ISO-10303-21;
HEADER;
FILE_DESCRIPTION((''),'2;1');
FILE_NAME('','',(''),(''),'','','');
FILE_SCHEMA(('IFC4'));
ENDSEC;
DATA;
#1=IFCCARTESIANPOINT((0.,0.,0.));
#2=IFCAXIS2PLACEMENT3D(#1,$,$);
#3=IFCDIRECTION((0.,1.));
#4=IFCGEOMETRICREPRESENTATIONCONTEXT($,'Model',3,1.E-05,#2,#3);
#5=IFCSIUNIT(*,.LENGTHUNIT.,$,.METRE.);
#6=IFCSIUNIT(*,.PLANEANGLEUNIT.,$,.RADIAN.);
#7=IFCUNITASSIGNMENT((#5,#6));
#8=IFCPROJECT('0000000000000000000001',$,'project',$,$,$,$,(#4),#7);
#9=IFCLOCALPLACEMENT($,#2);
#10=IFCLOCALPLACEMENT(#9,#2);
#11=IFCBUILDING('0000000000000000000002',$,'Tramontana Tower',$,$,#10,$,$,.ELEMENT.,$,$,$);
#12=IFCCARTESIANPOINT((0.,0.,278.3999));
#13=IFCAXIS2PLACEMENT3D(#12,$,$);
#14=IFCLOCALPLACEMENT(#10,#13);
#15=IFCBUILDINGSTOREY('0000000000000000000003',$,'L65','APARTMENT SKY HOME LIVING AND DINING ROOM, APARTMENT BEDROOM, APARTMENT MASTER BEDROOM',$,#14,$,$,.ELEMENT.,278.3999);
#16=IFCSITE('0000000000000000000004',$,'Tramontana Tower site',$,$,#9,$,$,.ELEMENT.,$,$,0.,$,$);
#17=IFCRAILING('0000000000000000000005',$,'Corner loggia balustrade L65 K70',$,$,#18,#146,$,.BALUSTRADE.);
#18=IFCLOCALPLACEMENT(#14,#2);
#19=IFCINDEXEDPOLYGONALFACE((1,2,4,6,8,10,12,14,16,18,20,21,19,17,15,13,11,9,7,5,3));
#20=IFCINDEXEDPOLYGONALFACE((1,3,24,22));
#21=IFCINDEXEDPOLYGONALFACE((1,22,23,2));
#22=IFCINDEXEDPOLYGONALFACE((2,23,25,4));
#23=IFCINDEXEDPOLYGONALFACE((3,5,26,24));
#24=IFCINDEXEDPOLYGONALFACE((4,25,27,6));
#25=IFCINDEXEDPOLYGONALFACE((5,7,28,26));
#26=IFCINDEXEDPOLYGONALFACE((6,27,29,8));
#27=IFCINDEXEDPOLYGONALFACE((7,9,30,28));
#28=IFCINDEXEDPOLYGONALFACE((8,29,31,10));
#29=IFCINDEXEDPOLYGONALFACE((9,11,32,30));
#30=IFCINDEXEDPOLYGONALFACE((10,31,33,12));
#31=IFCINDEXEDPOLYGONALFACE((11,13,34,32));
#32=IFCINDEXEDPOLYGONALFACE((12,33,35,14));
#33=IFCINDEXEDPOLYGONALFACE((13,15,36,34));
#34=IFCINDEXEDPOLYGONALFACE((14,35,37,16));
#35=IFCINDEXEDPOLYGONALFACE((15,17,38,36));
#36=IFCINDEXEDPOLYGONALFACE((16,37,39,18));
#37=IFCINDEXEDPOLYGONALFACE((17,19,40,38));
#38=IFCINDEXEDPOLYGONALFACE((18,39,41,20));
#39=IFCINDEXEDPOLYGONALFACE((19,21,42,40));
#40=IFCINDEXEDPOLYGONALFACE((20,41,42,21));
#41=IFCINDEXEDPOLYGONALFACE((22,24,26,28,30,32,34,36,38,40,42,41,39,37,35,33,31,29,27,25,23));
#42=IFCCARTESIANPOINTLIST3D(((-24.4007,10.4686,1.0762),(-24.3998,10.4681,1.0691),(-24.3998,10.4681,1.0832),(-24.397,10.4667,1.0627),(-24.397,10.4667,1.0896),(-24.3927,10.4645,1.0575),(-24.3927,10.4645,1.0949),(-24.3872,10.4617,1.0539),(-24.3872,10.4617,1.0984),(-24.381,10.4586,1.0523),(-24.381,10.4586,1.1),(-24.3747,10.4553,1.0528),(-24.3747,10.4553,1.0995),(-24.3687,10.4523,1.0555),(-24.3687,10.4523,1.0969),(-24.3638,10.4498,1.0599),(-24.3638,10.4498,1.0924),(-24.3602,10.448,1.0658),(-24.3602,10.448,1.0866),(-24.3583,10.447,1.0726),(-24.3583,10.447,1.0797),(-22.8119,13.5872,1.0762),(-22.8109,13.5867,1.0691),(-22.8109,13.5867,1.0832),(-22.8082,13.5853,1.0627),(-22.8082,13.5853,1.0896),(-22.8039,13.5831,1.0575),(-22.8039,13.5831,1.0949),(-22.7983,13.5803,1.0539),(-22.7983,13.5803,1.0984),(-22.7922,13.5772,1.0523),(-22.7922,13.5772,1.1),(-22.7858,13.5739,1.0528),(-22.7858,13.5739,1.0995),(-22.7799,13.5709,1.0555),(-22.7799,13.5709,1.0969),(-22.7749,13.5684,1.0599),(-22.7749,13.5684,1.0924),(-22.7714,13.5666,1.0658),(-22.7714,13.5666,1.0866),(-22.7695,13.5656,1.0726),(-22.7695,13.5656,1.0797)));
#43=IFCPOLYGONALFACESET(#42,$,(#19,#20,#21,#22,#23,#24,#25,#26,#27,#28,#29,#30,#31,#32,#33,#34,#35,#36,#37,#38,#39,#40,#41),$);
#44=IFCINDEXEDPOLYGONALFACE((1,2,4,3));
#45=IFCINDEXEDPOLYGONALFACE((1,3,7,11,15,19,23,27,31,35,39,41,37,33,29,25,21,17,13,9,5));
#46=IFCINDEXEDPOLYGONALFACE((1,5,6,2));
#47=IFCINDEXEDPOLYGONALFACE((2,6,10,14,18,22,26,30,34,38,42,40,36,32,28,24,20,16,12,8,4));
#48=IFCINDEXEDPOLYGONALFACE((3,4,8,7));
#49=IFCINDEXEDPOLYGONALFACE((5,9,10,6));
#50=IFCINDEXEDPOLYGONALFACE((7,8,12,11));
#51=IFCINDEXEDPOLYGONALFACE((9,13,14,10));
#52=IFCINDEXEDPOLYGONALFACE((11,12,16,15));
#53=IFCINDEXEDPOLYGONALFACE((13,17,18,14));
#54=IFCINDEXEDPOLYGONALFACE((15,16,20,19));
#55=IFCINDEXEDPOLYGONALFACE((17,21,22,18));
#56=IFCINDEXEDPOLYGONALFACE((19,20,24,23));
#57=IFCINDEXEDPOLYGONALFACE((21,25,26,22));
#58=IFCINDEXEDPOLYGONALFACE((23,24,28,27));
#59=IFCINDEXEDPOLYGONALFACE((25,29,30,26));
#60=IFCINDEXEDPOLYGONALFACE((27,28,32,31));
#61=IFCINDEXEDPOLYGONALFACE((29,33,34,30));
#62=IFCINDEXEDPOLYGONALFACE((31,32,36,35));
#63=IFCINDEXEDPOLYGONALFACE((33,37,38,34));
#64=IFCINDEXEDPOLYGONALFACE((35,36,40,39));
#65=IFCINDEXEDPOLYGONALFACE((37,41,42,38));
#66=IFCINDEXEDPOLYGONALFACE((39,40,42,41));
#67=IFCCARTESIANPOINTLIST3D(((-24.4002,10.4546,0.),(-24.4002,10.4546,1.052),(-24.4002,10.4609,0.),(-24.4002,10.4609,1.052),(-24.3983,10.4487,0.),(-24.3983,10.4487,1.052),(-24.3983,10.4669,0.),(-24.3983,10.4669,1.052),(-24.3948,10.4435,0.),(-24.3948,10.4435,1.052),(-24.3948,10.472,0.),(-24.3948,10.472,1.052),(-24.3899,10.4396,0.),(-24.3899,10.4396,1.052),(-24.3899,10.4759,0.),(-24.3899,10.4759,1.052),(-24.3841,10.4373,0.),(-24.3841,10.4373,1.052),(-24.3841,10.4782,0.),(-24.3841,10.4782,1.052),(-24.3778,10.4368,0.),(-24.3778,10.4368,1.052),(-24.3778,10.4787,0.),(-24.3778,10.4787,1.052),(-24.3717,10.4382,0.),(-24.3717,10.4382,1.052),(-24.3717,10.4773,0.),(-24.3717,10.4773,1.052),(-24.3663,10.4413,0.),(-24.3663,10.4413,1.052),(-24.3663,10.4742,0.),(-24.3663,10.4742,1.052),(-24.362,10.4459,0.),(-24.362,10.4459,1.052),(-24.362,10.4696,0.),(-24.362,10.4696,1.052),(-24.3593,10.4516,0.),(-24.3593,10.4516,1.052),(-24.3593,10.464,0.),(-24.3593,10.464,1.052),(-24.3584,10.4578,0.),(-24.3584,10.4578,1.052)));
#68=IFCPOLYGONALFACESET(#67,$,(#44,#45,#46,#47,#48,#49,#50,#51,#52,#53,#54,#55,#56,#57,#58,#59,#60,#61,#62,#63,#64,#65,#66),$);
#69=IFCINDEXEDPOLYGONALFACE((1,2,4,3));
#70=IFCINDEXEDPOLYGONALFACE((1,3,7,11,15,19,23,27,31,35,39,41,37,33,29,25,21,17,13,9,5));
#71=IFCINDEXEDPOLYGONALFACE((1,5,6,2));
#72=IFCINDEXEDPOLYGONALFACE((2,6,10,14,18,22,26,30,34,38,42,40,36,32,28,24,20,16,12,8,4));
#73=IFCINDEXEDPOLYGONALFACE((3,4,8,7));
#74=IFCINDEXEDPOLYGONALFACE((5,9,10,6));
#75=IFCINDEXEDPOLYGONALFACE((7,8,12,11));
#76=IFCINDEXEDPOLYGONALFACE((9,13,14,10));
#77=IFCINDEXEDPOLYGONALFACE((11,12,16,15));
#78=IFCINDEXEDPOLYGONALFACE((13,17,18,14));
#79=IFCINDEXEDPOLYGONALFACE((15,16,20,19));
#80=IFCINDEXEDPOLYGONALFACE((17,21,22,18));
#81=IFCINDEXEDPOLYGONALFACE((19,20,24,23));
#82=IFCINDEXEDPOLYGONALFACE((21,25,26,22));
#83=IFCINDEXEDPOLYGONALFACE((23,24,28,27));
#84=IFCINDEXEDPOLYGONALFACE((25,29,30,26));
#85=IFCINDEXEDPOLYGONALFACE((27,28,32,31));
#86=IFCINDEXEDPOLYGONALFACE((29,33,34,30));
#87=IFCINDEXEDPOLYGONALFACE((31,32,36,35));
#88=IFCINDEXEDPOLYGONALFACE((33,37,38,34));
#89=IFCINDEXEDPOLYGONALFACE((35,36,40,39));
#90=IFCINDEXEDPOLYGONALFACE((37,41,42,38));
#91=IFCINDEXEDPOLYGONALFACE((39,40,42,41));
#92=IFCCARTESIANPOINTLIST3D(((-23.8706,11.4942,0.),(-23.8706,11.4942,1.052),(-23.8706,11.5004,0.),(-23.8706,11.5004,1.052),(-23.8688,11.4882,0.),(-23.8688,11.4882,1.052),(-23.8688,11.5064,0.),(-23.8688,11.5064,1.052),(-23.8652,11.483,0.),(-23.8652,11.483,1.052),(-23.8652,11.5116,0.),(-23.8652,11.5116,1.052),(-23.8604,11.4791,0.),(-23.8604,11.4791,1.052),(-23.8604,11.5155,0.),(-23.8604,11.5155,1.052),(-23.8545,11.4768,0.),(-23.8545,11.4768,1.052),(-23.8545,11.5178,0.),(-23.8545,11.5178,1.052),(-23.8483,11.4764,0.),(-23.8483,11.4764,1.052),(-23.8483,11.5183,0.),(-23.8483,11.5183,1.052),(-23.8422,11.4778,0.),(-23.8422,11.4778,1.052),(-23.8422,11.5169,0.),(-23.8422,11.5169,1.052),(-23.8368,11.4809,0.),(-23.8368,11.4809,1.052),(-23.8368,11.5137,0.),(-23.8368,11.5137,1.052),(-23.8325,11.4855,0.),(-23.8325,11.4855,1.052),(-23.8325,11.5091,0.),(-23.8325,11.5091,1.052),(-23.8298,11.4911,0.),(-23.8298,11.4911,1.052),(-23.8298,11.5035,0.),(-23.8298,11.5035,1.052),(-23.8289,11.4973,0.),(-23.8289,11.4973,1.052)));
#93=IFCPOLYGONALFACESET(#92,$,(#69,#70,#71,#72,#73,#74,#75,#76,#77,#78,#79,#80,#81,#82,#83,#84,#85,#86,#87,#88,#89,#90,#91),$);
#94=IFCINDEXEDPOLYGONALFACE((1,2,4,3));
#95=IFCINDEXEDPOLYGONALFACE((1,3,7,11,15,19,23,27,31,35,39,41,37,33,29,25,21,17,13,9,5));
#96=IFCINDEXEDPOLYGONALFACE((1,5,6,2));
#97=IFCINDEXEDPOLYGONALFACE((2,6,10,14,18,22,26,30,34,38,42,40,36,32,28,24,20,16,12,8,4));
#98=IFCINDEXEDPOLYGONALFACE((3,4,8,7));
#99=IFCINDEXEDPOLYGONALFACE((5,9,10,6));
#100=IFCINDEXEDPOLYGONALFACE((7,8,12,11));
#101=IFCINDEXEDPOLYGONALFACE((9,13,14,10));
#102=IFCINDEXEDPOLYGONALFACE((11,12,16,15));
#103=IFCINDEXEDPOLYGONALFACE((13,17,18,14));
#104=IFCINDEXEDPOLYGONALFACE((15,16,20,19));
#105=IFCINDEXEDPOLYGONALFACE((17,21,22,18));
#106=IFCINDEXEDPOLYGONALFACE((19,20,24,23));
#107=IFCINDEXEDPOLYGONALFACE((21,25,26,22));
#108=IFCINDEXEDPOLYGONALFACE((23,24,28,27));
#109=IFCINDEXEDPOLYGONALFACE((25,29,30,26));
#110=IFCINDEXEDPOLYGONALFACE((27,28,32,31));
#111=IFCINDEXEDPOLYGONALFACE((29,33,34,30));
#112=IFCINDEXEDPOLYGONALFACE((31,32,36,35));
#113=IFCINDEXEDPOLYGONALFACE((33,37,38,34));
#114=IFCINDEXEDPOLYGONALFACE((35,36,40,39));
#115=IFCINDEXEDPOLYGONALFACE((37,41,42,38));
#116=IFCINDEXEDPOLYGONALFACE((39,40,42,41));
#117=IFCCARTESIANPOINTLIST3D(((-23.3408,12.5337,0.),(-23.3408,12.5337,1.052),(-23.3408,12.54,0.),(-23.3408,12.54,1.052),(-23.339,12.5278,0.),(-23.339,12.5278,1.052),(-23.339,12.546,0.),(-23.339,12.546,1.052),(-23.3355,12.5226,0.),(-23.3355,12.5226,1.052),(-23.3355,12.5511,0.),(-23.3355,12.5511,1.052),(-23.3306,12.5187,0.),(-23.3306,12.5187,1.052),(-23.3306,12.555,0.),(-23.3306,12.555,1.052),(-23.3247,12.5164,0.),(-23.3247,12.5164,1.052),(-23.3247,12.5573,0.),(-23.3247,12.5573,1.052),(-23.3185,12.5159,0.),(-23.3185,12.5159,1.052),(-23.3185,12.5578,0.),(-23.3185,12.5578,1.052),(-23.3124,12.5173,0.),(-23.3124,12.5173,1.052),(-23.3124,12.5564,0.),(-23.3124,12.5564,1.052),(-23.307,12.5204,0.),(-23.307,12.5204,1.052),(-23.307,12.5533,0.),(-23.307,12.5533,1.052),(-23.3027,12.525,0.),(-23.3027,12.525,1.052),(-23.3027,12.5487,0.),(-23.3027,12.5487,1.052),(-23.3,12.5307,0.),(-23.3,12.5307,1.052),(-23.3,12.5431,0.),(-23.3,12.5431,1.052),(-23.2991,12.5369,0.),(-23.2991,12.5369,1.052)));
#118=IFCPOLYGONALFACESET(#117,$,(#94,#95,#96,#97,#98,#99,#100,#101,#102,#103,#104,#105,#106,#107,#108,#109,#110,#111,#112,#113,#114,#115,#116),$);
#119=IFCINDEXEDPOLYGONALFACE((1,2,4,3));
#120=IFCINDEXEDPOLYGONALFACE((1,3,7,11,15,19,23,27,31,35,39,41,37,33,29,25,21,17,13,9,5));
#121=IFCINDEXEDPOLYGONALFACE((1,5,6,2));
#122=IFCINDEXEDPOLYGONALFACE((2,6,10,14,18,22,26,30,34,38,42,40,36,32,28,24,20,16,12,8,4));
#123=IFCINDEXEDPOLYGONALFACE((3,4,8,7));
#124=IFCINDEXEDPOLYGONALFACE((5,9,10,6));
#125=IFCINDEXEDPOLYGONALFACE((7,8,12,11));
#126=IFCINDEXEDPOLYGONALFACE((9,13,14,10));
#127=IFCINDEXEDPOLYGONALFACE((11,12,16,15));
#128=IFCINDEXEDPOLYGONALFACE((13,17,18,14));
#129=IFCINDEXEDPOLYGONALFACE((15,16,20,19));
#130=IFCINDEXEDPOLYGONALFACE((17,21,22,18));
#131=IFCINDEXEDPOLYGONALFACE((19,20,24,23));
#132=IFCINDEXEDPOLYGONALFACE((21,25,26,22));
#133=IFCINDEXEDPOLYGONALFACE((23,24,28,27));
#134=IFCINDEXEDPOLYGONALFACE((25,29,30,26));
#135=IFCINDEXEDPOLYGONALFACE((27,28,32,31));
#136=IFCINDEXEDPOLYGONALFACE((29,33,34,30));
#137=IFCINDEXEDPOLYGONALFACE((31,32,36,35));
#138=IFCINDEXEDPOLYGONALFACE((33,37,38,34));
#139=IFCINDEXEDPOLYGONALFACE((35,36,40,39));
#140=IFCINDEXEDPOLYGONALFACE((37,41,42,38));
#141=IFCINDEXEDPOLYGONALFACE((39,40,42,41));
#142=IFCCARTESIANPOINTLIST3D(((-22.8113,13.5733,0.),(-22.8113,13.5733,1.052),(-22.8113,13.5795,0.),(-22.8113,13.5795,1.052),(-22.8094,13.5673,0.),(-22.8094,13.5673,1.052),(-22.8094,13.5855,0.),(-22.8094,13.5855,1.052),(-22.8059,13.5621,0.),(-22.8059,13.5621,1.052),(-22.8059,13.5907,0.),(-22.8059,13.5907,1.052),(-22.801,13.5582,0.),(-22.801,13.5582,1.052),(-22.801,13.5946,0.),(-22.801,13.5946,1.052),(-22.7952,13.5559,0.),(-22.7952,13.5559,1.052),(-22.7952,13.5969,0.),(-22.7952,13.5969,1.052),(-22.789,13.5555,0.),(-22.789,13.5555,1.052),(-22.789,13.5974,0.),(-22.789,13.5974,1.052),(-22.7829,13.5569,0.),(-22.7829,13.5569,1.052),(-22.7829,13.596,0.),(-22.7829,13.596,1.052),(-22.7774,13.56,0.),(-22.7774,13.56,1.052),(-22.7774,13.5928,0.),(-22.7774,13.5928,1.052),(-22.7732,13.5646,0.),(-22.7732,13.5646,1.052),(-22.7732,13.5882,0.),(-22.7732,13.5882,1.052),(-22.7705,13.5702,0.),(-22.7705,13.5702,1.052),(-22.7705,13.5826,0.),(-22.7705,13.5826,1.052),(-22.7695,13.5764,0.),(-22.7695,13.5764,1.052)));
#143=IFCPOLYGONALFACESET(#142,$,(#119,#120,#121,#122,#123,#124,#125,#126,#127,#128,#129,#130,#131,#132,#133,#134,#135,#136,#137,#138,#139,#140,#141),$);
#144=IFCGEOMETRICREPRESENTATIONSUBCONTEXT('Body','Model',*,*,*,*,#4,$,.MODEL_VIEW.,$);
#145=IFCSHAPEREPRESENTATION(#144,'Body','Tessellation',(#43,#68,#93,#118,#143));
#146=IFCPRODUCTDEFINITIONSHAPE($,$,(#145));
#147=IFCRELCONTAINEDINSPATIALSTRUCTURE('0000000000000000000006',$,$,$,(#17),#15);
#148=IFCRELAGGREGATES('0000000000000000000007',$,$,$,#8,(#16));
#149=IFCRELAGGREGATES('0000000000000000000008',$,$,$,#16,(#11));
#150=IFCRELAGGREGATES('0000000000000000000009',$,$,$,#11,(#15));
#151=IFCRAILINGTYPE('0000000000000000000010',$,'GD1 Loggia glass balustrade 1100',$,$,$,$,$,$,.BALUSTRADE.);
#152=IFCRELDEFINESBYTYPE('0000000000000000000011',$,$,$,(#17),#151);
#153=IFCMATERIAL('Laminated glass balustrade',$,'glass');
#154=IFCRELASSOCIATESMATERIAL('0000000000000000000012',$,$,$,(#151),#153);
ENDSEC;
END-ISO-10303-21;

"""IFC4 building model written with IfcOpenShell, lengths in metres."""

from ifc_helpers import new_model, si_unit, direction, frame, origin, origin_2d, place, context, subcontext, project, spatial, circle, extrude, material, type_object, element, save


model = new_model("IFC4")

# Units and contexts
model_context = context("Model", 3, precision=1e-05, world=origin(), true_north=direction((0.0, 1.0)))
body_context = subcontext(model_context, "Body", "Model", "MODEL_VIEW")
ifc_project = project(units=[si_unit("LENGTHUNIT", "METRE"), si_unit("PLANEANGLEUNIT", "RADIAN")], contexts=[model_context])

# Site, building, storey
site_placement = place(None, origin())
site = spatial("IfcSite", under=ifc_project, at=site_placement, Name="Tramontana Tower site", CompositionType="ELEMENT", RefElevation=0.0)
building_placement = place(site_placement, origin())
building = spatial("IfcBuilding", under=site, at=building_placement, Name="Tramontana Tower", CompositionType="ELEMENT")
storey_placement = place(building_placement, frame((0.0, 0.0, 278.3999)))
storey = spatial("IfcBuildingStorey", under=building, at=storey_placement, Name="L65", Description="APARTMENT SKY HOME LIVING AND DINING ROOM, APARTMENT BEDROOM, APARTMENT MASTER BEDROOM", CompositionType="ELEMENT", Elevation=278.3999)

# Railing
ifc_material_1 = material(Name="Laminated glass balustrade", Category="glass")
railing_type = type_object("IfcRailingType", Name="GD1 Loggia glass balustrade 1100", PredefinedType="BALUSTRADE", material=ifc_material_1)
railing_1_placement = place(storey_placement, frame((-24.3794, 10.4578, 0.0)))
element("IfcRailing", 1, at=railing_1_placement, inside=storey, type_object=railing_type, Name="Corner loggia balustrade L65 K70", PredefinedType="BALUSTRADE", context=body_context, shape_type="SweptSolid", body=[
    extrude(circle(Radius=0.0239, at=origin_2d()), frame((0.0, 0.0, 1.0762), z_axis=(0.453953, 0.891026, 0.0), x_axis=(-0.891026, 0.453953, 0.0)), (0.0, 0.0, 1.0), 3.5),
    extrude(circle(Radius=0.021, at=origin_2d()), origin(), (0.0, 0.0, 1.0), 1.052),
    extrude(circle(Radius=0.021, at=origin_2d()), frame((0.5295, 1.0396, 0.0)), (0.0, 0.0, 1.0), 1.052),
    extrude(circle(Radius=0.021, at=origin_2d()), frame((1.0593, 2.0791, 0.0)), (0.0, 0.0, 1.0), 1.052),
    extrude(circle(Radius=0.021, at=origin_2d()), frame((1.5889, 3.1187, 0.0)), (0.0, 0.0, 1.0), 1.052),
])

save(model, "model.ifc")
